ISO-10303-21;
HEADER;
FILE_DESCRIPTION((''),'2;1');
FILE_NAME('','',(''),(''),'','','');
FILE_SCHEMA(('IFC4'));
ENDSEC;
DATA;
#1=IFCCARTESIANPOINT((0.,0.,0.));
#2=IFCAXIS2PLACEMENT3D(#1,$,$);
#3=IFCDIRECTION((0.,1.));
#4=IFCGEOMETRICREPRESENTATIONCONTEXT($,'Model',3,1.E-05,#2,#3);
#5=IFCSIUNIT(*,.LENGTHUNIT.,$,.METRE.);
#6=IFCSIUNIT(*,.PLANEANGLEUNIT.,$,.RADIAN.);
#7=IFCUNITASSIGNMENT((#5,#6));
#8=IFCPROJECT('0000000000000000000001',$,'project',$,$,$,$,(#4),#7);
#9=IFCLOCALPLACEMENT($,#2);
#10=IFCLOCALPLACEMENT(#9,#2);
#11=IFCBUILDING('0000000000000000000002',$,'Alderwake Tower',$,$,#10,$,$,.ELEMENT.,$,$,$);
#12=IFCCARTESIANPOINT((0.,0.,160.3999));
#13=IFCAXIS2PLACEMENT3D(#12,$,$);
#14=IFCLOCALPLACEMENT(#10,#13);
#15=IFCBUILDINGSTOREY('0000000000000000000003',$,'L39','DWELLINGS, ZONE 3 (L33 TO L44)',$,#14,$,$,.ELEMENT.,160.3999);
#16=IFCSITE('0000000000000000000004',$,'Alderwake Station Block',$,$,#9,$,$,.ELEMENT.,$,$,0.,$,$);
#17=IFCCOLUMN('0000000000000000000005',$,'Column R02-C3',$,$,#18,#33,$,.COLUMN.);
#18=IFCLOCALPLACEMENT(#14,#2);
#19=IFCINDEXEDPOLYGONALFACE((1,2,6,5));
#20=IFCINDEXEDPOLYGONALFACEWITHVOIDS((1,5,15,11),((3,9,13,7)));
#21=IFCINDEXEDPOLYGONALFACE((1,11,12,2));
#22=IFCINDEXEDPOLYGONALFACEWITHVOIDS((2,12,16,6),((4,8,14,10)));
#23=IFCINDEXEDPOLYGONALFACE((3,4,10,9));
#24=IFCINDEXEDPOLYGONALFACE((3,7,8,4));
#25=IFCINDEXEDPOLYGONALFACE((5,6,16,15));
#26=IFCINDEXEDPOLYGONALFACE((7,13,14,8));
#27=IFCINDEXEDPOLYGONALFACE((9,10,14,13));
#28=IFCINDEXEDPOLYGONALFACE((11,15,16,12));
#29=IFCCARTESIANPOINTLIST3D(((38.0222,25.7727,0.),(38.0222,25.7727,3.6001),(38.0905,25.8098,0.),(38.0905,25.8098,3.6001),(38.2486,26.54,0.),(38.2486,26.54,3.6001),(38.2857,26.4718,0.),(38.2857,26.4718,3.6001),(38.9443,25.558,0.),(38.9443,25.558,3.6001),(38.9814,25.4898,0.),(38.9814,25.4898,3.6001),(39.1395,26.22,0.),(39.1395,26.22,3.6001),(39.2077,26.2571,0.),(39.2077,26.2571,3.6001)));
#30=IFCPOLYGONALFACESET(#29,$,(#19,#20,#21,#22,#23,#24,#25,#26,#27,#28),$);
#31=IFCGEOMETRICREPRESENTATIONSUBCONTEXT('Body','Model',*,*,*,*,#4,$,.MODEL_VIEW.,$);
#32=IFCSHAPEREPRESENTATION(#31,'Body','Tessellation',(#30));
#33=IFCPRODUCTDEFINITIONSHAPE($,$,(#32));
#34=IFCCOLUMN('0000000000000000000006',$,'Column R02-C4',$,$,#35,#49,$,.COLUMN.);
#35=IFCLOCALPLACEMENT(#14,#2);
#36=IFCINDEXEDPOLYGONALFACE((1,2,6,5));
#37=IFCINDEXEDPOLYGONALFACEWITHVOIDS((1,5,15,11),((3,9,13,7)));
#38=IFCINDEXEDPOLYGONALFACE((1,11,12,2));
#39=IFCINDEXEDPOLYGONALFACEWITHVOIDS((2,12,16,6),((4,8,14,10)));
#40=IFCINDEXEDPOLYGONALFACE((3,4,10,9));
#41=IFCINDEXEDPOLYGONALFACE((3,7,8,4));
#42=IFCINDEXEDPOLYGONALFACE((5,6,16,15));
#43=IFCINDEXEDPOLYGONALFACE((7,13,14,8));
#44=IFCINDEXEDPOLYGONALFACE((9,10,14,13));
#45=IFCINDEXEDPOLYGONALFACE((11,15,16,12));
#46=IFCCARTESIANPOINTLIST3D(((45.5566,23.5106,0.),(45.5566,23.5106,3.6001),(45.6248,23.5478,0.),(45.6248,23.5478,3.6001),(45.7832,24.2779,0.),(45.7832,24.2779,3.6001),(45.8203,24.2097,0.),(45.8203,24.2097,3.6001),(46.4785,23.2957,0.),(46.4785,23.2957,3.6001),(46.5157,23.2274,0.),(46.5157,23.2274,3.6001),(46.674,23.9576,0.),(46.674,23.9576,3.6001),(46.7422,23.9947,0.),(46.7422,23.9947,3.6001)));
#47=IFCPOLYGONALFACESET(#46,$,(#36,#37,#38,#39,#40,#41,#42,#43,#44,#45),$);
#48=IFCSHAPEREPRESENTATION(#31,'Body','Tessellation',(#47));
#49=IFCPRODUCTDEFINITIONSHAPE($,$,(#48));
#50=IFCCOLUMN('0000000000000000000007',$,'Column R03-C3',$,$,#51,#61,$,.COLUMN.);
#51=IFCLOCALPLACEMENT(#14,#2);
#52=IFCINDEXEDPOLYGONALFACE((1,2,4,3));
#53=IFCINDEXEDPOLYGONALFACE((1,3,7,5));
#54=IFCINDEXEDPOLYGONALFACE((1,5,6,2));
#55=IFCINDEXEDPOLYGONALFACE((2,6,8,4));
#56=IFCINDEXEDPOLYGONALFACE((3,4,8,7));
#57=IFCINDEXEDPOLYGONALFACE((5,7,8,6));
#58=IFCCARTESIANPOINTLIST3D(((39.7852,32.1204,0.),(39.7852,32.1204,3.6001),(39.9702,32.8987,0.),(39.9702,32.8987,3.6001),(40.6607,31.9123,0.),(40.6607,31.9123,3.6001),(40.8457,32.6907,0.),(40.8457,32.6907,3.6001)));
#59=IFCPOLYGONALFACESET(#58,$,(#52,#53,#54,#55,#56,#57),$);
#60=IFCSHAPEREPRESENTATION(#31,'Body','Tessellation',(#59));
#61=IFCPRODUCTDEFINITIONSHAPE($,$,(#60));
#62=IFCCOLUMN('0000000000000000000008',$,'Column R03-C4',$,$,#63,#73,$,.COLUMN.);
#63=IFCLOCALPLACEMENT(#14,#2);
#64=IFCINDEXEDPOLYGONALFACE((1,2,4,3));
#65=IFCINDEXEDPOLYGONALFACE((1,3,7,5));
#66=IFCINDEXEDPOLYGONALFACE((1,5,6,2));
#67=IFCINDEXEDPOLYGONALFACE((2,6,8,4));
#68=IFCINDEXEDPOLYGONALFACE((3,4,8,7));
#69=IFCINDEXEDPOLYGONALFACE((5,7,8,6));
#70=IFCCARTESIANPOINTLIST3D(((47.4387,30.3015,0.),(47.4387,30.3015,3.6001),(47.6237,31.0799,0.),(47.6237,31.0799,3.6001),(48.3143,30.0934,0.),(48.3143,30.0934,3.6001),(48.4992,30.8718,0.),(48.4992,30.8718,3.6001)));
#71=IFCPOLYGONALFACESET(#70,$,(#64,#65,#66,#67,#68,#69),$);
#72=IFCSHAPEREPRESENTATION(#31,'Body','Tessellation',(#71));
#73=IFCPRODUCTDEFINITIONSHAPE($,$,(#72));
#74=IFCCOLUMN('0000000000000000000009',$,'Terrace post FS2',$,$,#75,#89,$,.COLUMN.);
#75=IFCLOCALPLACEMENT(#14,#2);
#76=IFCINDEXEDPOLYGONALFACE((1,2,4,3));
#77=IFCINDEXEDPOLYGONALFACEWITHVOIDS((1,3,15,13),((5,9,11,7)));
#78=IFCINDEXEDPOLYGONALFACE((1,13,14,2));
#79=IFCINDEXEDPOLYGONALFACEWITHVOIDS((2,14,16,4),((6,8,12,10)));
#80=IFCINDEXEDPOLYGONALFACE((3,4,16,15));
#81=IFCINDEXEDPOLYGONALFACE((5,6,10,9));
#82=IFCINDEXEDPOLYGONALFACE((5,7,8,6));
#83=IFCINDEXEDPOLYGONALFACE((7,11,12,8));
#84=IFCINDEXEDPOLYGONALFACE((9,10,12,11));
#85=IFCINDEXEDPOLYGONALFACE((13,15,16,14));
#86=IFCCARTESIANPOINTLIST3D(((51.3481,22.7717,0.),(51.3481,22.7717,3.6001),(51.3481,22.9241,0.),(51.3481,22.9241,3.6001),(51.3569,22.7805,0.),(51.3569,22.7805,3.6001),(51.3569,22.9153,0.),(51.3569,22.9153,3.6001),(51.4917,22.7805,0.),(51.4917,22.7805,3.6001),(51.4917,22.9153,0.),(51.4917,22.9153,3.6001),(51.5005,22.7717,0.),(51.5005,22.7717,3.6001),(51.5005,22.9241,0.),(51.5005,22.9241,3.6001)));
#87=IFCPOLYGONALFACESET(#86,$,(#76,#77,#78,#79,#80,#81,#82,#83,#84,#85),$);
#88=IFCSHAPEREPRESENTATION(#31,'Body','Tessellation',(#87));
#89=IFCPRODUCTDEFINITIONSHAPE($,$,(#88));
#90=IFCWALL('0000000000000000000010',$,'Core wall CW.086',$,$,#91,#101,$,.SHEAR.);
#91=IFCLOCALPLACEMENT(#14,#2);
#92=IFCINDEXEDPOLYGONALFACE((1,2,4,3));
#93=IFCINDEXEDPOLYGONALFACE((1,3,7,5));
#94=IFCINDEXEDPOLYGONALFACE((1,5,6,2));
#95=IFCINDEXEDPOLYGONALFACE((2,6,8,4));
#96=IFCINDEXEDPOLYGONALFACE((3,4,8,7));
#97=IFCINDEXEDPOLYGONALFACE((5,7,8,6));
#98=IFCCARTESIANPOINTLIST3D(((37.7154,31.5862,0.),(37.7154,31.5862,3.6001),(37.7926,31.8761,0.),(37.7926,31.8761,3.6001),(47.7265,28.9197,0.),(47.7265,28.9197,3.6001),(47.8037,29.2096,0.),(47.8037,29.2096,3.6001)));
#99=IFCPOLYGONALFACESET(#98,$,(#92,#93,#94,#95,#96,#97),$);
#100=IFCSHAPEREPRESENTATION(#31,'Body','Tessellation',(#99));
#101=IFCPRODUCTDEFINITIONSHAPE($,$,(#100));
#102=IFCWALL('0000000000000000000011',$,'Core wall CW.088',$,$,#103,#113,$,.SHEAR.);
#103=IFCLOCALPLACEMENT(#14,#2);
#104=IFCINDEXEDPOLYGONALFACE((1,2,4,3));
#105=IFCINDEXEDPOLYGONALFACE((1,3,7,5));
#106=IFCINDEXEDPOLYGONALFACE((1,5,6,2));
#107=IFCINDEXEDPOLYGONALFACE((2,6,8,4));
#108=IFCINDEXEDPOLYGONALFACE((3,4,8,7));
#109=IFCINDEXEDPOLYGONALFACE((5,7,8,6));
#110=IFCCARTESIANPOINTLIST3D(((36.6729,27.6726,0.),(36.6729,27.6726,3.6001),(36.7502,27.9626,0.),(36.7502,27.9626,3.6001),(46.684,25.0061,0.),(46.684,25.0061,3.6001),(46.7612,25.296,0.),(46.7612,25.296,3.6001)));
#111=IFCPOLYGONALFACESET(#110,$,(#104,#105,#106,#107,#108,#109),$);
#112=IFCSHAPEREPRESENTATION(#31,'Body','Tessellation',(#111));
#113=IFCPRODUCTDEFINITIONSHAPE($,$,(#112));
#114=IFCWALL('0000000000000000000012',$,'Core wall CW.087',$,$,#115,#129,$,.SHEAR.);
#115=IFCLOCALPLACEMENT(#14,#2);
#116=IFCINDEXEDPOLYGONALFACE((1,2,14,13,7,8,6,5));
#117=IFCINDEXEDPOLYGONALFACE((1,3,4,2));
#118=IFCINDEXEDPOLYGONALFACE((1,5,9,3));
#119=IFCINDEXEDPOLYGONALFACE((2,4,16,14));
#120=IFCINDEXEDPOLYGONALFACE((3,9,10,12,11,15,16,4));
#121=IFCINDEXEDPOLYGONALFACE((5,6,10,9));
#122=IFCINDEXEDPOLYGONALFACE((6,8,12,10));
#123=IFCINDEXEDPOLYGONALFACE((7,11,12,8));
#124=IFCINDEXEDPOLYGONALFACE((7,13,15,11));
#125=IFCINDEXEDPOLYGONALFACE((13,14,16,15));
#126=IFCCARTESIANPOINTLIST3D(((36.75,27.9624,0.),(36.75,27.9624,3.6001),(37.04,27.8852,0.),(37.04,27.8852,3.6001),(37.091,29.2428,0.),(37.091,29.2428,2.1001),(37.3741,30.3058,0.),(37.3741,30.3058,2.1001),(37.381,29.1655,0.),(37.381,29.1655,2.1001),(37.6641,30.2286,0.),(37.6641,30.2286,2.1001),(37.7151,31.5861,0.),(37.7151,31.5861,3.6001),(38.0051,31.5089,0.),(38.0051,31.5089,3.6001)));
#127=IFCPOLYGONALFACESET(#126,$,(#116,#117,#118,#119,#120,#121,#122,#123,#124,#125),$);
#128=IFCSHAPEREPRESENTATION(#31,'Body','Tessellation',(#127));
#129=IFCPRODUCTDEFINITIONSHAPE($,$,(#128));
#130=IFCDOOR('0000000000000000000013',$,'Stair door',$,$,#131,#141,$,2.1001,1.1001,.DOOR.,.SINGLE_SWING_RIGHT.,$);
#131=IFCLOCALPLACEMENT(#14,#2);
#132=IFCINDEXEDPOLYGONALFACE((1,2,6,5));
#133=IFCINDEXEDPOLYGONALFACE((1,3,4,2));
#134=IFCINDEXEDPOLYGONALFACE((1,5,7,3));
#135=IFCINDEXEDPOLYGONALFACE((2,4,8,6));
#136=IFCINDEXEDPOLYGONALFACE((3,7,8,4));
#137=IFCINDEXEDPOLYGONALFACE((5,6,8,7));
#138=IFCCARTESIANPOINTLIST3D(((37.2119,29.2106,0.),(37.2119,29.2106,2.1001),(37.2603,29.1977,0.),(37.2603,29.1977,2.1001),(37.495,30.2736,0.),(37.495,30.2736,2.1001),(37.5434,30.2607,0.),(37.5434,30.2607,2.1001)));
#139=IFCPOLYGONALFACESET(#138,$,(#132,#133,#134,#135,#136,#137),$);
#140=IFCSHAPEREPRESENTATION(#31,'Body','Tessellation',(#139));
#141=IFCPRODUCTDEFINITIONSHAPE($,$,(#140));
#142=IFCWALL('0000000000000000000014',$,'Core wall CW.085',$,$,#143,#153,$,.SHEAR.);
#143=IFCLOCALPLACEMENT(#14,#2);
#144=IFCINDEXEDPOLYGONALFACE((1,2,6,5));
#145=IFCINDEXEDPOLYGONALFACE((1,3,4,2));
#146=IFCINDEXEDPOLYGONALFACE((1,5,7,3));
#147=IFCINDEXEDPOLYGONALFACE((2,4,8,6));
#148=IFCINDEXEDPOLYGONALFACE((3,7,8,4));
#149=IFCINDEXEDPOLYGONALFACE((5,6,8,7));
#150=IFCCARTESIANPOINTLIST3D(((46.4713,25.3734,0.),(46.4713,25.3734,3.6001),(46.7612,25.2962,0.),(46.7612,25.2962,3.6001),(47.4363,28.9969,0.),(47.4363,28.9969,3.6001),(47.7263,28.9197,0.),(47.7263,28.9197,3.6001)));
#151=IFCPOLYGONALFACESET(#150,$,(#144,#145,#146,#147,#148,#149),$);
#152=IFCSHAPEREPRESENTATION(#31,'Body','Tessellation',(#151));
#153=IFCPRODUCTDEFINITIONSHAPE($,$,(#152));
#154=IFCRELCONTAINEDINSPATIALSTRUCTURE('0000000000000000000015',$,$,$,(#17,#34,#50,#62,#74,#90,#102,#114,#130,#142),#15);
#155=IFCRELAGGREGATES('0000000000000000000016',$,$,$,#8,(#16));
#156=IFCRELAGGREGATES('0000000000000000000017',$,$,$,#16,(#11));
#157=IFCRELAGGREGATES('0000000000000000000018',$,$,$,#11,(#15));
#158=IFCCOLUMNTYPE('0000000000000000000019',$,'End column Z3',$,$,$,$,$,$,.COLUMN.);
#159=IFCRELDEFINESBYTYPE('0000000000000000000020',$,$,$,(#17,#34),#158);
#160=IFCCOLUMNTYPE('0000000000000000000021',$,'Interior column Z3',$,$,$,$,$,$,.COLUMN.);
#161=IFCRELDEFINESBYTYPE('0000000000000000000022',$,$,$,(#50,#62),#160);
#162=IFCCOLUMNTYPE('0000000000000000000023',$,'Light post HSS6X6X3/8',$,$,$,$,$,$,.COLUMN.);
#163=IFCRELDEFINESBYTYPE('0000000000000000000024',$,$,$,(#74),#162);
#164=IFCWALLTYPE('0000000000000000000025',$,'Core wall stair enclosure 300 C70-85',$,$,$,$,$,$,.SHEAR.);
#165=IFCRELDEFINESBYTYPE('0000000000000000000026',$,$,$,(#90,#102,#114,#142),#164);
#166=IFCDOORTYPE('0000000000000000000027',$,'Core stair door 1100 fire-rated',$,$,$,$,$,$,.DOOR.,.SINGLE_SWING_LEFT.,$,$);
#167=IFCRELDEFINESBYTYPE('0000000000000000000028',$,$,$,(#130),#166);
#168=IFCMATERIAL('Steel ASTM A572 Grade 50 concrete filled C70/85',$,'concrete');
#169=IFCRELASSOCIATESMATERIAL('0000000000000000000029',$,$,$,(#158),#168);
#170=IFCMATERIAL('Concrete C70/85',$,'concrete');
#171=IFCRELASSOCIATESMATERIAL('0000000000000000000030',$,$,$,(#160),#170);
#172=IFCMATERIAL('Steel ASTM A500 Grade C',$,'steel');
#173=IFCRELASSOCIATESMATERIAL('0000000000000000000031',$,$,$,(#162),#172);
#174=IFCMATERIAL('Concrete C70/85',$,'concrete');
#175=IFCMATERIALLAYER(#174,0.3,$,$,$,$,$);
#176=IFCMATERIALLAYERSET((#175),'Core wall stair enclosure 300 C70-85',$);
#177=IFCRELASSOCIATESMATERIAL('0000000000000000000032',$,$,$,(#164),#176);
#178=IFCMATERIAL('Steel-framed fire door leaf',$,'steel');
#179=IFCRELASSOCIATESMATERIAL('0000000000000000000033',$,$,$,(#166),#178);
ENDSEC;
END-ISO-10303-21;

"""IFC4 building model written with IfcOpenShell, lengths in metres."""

from ifc_helpers import new_model, si_unit, direction, frame, frame_2d, origin, origin_2d, place, context, subcontext, project, spatial, rectangle, hollow_rectangle, extrude, material, layer, layer_set, material_profile, profile_set, type_object, element, fill, save


model = new_model("IFC4")

# Units and contexts
model_context = context("Model", 3, precision=1e-05, world=origin(), true_north=direction((0.0, 1.0)))
body_context = subcontext(model_context, "Body", "Model", "MODEL_VIEW")
ifc_project = project(units=[si_unit("LENGTHUNIT", "METRE"), si_unit("PLANEANGLEUNIT", "RADIAN")], contexts=[model_context])

# Site, building, storey
site_placement = place(None, origin())
site = spatial("IfcSite", under=ifc_project, at=site_placement, Name="Alderwake Station Block", CompositionType="ELEMENT", RefElevation=0.0)
building_placement = place(site_placement, origin())
building = spatial("IfcBuilding", under=site, at=building_placement, Name="Alderwake Tower", CompositionType="ELEMENT")
storey_placement = place(building_placement, frame((0.0, 0.0, 160.3999)))
storey = spatial("IfcBuildingStorey", under=building, at=storey_placement, Name="L39", Description="DWELLINGS, ZONE 3 (L33 TO L44)", CompositionType="ELEMENT", Elevation=160.3999)

# Columns
ifc_material_1 = material(Name="Steel ASTM A572 Grade 50 concrete filled C70/85", Category="concrete")
ifc_material_profile_1 = material_profile(ifc_material_1, hollow_rectangle(XDim=0.8, YDim=1.0, WallThickness=0.0549, at=origin_2d()), Name="BOX 1000X800X55")
ifc_profile_set_1 = profile_set([ifc_material_profile_1], Name="Steel ASTM A572 Grade 50 concrete filled C70/85")
column_type_1 = type_object("IfcColumnType", Name="End column Z3", PredefinedType="COLUMN", material=ifc_profile_set_1)
for number, where, z_axis, x_axis, name in (
    (1, (38.615, 26.0149, 0.0), (0.0, 0.0, 1.0), (0.282899, 0.95915, 0.0), "Column R02-C3"),
    (2, (46.1494, 23.7527, 0.0), (0.0, 0.0, 1.0), (0.283177, 0.959068, 0.0), "Column R02-C4"),
):
    element("IfcColumn", number, at=place(storey_placement, frame(where, z_axis=z_axis, x_axis=x_axis)), inside=storey, type_object=column_type_1, Name=name, PredefinedType="COLUMN", context=body_context, shape_type="SweptSolid", body=[
        extrude(hollow_rectangle(XDim=0.8, YDim=1.0, WallThickness=0.0549, at=origin_2d()), origin(), (0.0, 0.0, 1.0), 3.6001),
    ])
ifc_material_2 = material(Name="Concrete C70/85", Category="concrete")
ifc_material_profile_2 = material_profile(ifc_material_2, rectangle(XDim=0.8, YDim=0.8999, at=origin_2d()), Name="RC 900X800")
ifc_profile_set_2 = profile_set([ifc_material_profile_2], Name="Concrete C70/85")
column_type_2 = type_object("IfcColumnType", Name="Interior column Z3", PredefinedType="COLUMN", material=ifc_profile_set_2)
for number, where, z_axis, x_axis, name in (
    (3, (40.3154, 32.4055, 0.0), (0.0, 0.0, 1.0), (0.231222, 0.972901, 0.0), "Column R03-C3"),
    (4, (47.969, 30.5867, 0.0), (0.0, 0.0, 1.0), (0.231222, 0.972901, 0.0), "Column R03-C4"),
):
    element("IfcColumn", number, at=place(storey_placement, frame(where, z_axis=z_axis, x_axis=x_axis)), inside=storey, type_object=column_type_2, Name=name, PredefinedType="COLUMN", context=body_context, shape_type="SweptSolid", body=[
        extrude(rectangle(XDim=0.8, YDim=0.8999, at=origin_2d()), origin(), (0.0, 0.0, 1.0), 3.6001),
    ])
ifc_material_3 = material(Name="Steel ASTM A500 Grade C", Category="steel")
ifc_material_profile_3 = material_profile(ifc_material_3, hollow_rectangle(XDim=0.1523, YDim=0.1523, WallThickness=0.0088, at=origin_2d()), Name="HSS6X6X3/8")
ifc_profile_set_3 = profile_set([ifc_material_profile_3], Name="Steel ASTM A500 Grade C")
column_type_3 = type_object("IfcColumnType", Name="Light post HSS6X6X3/8", PredefinedType="COLUMN", material=ifc_profile_set_3)
column_placement = place(storey_placement, frame((51.4243, 22.8479, 0.0), z_axis=(0.0, 0.0, 1.0), x_axis=(1.0, 0.0, 0.0)))
element("IfcColumn", 5, at=column_placement, inside=storey, type_object=column_type_3, Name="Terrace post FS2", PredefinedType="COLUMN", context=body_context, shape_type="SweptSolid", body=[
    extrude(hollow_rectangle(XDim=0.1523, YDim=0.1523, WallThickness=0.0088, at=origin_2d()), origin(), (0.0, 0.0, 1.0), 3.6001),
])

# Walls
ifc_material_4 = material(Name="Concrete C70/85", Category="concrete")
ifc_layer_1 = layer(ifc_material_4, 0.3)
ifc_layer_set_1 = layer_set([ifc_layer_1], Name="Core wall stair enclosure 300 C70-85")
wall_type_1 = type_object("IfcWallType", Name="Core wall stair enclosure 300 C70-85", PredefinedType="SHEAR", material=ifc_layer_set_1)
for number, where, z_axis, x_axis, name in (
    (6, (37.7539, 31.7312, 0.0), (0.0, 0.0, 1.0), (0.966309, -0.257384, 0.0), "Core wall CW.086"),
    (7, (36.7114, 27.8176, 0.0), (0.0, 0.0, 1.0), (0.966309, -0.257384, 0.0), "Core wall CW.088"),
):
    element("IfcWall", number, at=place(storey_placement, frame(where, z_axis=z_axis, x_axis=x_axis)), inside=storey, type_object=wall_type_1, Name=name, PredefinedType="SHEAR", context=body_context, shape_type="SweptSolid", body=[
        extrude(rectangle(XDim=10.3601, YDim=0.3, at=frame_2d((5.1802, 0.0))), origin(), (0.0, 0.0, 1.0), 3.6001),
    ])

# Wall, opening, door
wall_1_placement = place(storey_placement, frame((36.895, 27.9238, 0.0), z_axis=(0.0, 0.0, 1.0), x_axis=(0.257351, 0.966318, 0.0)))
wall_1 = element("IfcWall", 8, at=wall_1_placement, inside=storey, type_object=wall_type_1, Name="Core wall CW.087", PredefinedType="SHEAR", context=body_context, shape_type="SweptSolid", body=[
    extrude(rectangle(XDim=3.75, YDim=0.3, at=frame_2d((1.875, 0.0))), origin(), (0.0, 0.0, 1.0), 3.6001),
])
opening_1_placement = place(wall_1_placement, frame((1.325, 0.0, 0.0)))
opening_1 = element("IfcOpeningElement", 9, at=opening_1_placement, cuts=wall_1, PredefinedType="OPENING", context=body_context, shape_type="SweptSolid", body=[
    extrude(rectangle(XDim=1.1001, YDim=2.1001, at=frame_2d((0.55, 1.05))), frame((0.0, 0.1599, 0.0), z_axis=(0.0, -1.0, 0.0), x_axis=(1.0, 0.0, 0.0)), (0.0, 0.0, 1.0), 0.3201),
])
ifc_material_5 = material(Name="Steel-framed fire door leaf", Category="steel")
door_type = type_object("IfcDoorType", Name="Core stair door 1100 fire-rated", OperationType="SINGLE_SWING_LEFT", PredefinedType="DOOR", material=ifc_material_5)
door_placement = place(opening_1_placement, origin())
door = element("IfcDoor", 10, at=door_placement, inside=storey, type_object=door_type, Name="Stair door", OperationType="SINGLE_SWING_RIGHT", OverallHeight=2.1001, OverallWidth=1.1001, PredefinedType="DOOR", context=body_context, shape_type="SweptSolid", body=[
    extrude(rectangle(XDim=1.1001, YDim=2.1001, at=frame_2d((0.55, 1.05))), frame((0.0, 0.0249, 0.0), z_axis=(0.0, -1.0, 0.0), x_axis=(1.0, 0.0, 0.0)), (0.0, 0.0, 1.0), 0.05),
])
fill(opening_1, door)

# Wall
wall_2_placement = place(storey_placement, frame((46.6162, 25.3347, 0.0), z_axis=(0.0, 0.0, 1.0), x_axis=(0.257367, 0.966314, 0.0)))
element("IfcWall", 11, at=wall_2_placement, inside=storey, type_object=wall_type_1, Name="Core wall CW.085", PredefinedType="SHEAR", context=body_context, shape_type="SweptSolid", body=[
    extrude(rectangle(XDim=3.7498, YDim=0.3, at=frame_2d((1.875, 0.0))), origin(), (0.0, 0.0, 1.0), 3.6001),
])

save(model, "model.ifc")
